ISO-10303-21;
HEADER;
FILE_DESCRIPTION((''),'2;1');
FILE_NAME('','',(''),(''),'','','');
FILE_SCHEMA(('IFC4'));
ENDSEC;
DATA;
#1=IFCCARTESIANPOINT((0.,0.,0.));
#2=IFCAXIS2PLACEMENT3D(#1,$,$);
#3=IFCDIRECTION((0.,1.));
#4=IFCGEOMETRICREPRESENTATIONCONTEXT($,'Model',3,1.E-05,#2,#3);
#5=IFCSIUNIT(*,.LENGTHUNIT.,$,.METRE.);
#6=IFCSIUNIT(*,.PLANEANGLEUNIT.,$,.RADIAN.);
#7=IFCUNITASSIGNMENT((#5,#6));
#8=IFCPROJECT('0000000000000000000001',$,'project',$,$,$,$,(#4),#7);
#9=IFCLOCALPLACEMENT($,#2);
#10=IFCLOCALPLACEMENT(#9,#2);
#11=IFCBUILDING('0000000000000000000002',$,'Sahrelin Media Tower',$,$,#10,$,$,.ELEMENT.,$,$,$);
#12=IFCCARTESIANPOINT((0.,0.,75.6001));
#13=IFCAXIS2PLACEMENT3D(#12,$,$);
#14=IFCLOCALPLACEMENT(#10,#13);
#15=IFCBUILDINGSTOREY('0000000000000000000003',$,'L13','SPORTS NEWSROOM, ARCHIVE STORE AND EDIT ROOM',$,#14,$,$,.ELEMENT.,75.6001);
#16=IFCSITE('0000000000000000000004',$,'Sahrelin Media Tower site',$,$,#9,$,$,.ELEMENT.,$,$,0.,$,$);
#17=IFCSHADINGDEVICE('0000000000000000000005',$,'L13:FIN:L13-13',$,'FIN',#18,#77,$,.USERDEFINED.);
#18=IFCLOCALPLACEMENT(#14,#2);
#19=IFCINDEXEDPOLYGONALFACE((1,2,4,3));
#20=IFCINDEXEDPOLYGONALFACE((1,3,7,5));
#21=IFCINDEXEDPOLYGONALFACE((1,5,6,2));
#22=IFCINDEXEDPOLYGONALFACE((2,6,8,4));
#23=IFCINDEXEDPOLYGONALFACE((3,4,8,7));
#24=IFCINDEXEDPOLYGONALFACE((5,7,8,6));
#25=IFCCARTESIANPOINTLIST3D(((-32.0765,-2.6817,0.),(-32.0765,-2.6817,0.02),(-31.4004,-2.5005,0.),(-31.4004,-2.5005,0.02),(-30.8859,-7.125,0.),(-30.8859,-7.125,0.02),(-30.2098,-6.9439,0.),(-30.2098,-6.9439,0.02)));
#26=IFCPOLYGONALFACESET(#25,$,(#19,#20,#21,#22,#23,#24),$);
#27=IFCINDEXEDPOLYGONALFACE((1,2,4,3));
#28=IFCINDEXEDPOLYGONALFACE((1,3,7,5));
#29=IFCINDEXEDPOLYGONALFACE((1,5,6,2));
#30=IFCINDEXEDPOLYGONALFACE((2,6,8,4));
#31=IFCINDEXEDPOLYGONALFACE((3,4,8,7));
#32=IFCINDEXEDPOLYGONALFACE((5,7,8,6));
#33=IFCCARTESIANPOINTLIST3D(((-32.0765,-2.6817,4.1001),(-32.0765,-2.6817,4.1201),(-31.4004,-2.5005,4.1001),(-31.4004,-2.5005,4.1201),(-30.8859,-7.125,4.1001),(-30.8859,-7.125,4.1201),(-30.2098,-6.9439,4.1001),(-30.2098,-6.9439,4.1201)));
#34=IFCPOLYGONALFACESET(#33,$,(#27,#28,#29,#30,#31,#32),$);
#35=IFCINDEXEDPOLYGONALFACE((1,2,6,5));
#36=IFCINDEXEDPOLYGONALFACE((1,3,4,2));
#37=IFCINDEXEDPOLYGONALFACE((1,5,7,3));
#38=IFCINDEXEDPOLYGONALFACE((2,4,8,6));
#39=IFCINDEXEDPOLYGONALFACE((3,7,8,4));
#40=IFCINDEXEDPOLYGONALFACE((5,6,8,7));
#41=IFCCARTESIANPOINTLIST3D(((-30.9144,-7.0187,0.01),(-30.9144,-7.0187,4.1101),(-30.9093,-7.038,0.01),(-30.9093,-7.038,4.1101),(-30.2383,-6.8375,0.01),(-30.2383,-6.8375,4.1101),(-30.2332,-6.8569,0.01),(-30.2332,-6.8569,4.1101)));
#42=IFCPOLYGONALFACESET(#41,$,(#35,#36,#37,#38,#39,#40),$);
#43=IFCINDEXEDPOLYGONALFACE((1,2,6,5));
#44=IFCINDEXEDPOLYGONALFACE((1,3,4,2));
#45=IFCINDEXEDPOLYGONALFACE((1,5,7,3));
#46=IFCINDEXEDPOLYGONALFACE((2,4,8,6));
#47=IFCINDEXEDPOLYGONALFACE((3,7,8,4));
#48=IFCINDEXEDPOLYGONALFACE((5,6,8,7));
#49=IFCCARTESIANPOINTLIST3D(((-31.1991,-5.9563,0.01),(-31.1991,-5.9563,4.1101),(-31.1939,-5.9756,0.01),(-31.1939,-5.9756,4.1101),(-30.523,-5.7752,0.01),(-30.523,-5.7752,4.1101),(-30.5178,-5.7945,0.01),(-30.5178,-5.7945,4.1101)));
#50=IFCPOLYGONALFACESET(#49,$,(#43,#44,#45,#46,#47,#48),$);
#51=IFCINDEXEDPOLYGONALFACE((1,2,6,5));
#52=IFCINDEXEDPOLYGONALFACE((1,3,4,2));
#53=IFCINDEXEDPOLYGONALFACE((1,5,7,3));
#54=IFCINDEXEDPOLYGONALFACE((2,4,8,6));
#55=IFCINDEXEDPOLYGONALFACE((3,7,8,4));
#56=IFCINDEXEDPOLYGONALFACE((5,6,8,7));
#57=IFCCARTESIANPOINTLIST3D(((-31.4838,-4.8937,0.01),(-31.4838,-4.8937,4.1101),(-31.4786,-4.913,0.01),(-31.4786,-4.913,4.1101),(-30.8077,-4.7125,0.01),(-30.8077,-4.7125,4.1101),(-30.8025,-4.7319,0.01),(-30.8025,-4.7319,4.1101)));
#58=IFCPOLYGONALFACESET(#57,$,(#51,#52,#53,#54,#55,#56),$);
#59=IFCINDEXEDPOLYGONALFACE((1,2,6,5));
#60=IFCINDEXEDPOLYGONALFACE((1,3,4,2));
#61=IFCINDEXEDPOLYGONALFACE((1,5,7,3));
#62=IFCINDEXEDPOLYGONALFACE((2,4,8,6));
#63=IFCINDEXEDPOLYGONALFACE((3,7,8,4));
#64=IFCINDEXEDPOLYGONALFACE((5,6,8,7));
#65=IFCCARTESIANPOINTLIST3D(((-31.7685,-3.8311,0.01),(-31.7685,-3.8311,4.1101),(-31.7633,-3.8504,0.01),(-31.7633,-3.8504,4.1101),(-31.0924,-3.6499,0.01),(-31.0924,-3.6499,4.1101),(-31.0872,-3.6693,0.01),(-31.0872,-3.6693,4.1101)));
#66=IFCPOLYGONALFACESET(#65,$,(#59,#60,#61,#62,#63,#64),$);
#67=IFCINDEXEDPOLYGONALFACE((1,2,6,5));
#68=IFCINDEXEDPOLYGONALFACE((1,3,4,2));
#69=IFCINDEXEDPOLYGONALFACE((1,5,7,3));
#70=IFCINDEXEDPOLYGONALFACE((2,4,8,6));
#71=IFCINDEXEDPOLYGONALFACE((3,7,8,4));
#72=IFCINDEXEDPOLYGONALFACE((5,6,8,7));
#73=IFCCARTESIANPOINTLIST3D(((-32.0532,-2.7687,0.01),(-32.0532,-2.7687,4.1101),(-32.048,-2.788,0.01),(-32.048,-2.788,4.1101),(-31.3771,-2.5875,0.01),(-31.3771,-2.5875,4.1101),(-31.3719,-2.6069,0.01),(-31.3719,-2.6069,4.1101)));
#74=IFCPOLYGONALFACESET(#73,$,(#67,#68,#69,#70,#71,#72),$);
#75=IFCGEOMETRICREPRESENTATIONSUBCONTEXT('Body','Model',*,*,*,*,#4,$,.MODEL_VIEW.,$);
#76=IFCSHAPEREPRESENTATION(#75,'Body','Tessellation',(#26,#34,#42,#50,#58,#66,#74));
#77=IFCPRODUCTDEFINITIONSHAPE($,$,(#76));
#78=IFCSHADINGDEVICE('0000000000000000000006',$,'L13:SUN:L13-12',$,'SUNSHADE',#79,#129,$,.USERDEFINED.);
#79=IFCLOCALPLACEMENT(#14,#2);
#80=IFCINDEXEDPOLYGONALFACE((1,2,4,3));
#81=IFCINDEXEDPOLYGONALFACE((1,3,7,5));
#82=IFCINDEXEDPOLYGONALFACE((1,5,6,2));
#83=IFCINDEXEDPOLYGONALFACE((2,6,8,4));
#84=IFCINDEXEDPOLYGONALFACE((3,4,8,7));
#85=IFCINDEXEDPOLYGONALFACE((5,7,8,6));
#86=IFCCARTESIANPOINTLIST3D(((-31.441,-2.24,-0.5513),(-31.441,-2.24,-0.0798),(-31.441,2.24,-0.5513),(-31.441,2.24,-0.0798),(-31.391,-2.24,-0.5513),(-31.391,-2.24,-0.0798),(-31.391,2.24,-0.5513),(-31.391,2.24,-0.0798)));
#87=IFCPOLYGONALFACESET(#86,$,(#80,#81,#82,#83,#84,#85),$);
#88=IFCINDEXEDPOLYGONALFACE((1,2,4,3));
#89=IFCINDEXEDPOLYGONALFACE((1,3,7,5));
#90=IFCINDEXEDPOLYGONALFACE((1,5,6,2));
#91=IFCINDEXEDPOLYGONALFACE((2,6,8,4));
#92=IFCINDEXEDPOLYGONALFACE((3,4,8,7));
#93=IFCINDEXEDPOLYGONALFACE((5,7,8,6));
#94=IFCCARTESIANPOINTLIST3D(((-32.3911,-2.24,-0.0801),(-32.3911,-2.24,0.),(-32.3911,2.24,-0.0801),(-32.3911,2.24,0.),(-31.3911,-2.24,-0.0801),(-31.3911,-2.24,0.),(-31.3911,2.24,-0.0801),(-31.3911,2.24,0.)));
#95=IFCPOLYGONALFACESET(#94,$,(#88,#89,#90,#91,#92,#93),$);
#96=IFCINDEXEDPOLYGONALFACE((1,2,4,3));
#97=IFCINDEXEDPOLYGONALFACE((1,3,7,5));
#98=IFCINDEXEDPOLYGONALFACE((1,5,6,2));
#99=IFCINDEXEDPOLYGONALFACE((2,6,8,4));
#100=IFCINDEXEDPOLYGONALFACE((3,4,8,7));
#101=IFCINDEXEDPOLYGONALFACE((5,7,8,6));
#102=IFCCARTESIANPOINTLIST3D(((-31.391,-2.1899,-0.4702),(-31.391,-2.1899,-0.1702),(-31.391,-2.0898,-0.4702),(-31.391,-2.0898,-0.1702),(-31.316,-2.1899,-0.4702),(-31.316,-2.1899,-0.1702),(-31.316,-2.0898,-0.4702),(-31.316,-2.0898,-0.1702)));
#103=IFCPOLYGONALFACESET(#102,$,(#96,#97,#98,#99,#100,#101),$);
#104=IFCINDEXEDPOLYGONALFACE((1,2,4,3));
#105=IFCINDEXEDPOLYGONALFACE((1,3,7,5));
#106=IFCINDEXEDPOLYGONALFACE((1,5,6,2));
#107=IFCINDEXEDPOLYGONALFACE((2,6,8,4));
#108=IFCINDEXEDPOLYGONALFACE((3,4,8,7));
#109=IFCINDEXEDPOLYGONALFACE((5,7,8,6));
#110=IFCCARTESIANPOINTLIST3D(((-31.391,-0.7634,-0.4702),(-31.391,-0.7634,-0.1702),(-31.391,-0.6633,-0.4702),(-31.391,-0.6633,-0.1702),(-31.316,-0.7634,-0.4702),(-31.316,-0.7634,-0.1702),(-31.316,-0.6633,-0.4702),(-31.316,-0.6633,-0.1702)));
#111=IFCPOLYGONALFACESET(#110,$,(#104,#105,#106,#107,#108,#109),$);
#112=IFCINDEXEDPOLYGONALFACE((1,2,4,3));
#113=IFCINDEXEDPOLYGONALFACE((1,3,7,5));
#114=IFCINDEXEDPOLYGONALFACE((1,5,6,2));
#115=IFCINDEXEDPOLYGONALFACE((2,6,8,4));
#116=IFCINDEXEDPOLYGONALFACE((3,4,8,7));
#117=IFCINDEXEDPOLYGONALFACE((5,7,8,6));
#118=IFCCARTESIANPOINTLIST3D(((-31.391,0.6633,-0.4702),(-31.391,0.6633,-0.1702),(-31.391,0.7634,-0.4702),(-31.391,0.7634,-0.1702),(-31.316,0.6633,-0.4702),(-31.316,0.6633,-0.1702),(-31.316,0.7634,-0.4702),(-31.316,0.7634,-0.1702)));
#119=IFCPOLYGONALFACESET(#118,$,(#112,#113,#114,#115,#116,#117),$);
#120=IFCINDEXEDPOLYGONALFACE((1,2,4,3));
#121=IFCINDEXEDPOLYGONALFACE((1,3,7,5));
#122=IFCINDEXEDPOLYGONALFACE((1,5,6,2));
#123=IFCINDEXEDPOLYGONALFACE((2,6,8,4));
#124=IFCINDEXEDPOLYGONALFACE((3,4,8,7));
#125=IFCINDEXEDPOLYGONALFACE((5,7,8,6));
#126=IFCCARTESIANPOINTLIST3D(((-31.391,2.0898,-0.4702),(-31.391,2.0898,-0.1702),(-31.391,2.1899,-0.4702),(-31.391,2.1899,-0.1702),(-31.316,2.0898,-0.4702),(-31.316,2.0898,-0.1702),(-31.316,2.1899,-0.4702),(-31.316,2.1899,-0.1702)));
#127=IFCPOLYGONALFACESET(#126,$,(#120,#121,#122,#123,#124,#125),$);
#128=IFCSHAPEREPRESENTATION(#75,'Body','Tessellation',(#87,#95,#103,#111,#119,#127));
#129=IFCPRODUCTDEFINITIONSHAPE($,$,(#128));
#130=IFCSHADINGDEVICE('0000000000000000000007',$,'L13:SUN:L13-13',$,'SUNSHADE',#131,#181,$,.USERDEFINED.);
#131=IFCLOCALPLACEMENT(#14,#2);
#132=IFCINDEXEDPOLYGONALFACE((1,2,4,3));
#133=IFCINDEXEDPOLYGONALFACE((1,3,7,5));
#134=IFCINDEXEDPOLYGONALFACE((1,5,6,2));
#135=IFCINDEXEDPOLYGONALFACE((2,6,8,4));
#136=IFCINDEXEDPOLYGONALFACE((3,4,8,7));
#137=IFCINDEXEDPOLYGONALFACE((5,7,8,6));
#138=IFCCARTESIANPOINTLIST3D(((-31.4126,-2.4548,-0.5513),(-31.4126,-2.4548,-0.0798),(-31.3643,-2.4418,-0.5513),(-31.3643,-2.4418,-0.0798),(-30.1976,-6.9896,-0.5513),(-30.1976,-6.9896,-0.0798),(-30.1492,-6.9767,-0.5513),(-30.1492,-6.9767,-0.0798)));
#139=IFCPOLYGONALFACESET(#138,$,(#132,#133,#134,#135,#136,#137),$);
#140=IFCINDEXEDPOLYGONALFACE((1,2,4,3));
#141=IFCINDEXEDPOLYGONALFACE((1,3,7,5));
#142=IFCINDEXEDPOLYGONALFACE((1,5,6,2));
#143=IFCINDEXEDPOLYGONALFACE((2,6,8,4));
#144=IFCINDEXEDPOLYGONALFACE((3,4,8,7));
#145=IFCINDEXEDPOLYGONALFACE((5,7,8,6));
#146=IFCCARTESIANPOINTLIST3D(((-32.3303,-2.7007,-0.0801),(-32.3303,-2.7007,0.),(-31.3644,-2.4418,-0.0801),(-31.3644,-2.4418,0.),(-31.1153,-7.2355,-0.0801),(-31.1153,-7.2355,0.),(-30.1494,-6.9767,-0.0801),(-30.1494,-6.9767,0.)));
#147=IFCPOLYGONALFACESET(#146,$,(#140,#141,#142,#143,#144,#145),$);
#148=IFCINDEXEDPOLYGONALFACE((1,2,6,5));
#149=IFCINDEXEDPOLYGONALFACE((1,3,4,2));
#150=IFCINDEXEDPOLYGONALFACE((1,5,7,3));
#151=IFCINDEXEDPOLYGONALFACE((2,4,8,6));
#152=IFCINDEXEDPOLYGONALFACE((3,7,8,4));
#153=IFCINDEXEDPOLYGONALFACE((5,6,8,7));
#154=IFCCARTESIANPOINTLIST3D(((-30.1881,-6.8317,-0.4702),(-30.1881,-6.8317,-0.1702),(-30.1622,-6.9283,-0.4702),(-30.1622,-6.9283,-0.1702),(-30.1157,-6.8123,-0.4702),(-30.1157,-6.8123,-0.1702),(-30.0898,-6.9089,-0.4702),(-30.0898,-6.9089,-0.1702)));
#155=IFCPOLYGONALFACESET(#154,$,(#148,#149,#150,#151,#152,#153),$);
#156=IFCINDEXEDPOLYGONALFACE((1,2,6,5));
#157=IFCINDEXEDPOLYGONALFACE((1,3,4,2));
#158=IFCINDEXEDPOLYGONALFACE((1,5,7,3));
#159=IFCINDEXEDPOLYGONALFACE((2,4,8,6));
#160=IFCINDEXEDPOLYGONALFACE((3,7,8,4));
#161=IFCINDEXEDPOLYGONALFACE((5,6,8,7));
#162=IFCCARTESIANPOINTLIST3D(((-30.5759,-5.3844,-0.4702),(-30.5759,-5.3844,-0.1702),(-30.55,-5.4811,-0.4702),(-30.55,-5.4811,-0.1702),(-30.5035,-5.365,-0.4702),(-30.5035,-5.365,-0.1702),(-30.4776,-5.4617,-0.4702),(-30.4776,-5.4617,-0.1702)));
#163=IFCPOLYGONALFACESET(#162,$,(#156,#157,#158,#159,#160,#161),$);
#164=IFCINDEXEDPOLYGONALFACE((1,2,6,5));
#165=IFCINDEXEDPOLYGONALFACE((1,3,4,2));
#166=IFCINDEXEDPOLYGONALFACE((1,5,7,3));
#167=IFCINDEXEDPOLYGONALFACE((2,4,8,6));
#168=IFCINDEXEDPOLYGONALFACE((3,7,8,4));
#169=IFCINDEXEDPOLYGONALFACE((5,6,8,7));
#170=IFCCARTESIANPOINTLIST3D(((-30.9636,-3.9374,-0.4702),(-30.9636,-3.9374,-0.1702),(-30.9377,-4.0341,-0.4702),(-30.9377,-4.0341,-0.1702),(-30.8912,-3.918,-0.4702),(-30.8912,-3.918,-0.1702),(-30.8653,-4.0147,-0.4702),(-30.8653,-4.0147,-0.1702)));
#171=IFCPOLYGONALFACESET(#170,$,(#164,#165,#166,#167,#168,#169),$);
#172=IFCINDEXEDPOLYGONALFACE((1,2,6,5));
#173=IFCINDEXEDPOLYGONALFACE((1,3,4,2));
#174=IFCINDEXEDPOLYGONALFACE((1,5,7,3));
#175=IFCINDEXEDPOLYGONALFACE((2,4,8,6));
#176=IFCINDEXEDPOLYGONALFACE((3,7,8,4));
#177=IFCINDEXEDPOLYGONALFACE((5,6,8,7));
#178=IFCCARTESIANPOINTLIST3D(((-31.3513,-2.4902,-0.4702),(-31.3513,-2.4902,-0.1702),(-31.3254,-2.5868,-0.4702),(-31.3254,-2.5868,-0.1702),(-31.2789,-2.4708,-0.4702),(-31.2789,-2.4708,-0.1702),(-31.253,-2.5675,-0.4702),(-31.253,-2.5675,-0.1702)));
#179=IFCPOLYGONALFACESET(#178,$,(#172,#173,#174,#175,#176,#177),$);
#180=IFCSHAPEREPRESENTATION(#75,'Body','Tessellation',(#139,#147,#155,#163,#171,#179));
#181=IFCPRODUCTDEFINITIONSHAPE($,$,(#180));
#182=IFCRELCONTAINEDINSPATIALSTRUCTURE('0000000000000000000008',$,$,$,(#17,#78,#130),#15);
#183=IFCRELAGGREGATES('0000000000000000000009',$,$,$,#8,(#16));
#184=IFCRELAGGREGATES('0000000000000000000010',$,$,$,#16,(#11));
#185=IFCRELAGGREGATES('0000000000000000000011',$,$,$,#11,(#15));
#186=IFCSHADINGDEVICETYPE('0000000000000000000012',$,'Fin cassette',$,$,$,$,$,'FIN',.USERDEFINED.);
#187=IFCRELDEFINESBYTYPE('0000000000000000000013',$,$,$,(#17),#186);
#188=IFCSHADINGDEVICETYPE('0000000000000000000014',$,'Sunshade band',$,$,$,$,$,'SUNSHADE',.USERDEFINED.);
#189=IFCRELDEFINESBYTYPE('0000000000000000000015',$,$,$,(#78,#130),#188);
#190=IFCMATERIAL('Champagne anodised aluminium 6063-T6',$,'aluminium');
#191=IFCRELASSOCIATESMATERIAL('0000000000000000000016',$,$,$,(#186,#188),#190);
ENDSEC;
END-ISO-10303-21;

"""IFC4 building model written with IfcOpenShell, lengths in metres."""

from ifc_helpers import new_model, si_unit, direction, frame, origin, origin_2d, place, context, subcontext, project, spatial, rectangle, extrude, material, type_object, element, save


model = new_model("IFC4")

# Units and contexts
model_context = context("Model", 3, precision=1e-05, world=origin(), true_north=direction((0.0, 1.0)))
body_context = subcontext(model_context, "Body", "Model", "MODEL_VIEW")
ifc_project = project(units=[si_unit("LENGTHUNIT", "METRE"), si_unit("PLANEANGLEUNIT", "RADIAN")], contexts=[model_context])

# Site, building, storey
site_placement = place(None, origin())
site = spatial("IfcSite", under=ifc_project, at=site_placement, Name="Sahrelin Media Tower site", CompositionType="ELEMENT", RefElevation=0.0)
building_placement = place(site_placement, origin())
building = spatial("IfcBuilding", under=site, at=building_placement, Name="Sahrelin Media Tower", CompositionType="ELEMENT")
storey_placement = place(building_placement, frame((0.0, 0.0, 75.6001)))
storey = spatial("IfcBuildingStorey", under=building, at=storey_placement, Name="L13", Description="SPORTS NEWSROOM, ARCHIVE STORE AND EDIT ROOM", CompositionType="ELEMENT", Elevation=75.6001)

# Shared definitions
ifc_material_1 = material(Name="Champagne anodised aluminium 6063-T6", Category="aluminium")

# Shading devices
shading_device_type_1 = type_object("IfcShadingDeviceType", Name="Fin cassette", ElementType="FIN", PredefinedType="USERDEFINED", material=ifc_material_1)
placement_1 = place(storey_placement, frame((-31.3711, 0.0, 0.0), z_axis=(0.0, 0.0, 1.0), x_axis=(0.0, 1.0, 0.0)))
placement_2 = place(storey_placement, frame((-30.7375, -4.7041, 0.0), z_axis=(0.0, 0.0, 1.0), x_axis=(-0.258808, 0.965929, 0.0)))
element("IfcShadingDevice", 1, at=placement_2, inside=storey, type_object=shading_device_type_1, Name="L13:FIN:L13-13", ObjectType="FIN", PredefinedType="USERDEFINED", context=body_context, shape_type="SweptSolid", body=[
    extrude(rectangle(XDim=4.6001, YDim=0.7, at=origin_2d()), frame((0.0, 0.4199, 0.0)), (0.0, 0.0, 1.0), 0.02),
    extrude(rectangle(XDim=4.6001, YDim=0.7, at=origin_2d()), frame((0.0, 0.4199, 4.1001)), (0.0, 0.0, 1.0), 0.02),
    extrude(rectangle(XDim=0.02, YDim=0.7, at=origin_2d()), frame((-2.2, 0.4199, 0.01), z_axis=(0.0, 0.0, 1.0), x_axis=(1.0, 0.0, 0.0)), (0.0, 0.0, 1.0), 4.1001),
    extrude(rectangle(XDim=0.02, YDim=0.7, at=origin_2d()), frame((-1.1001, 0.4199, 0.01), z_axis=(0.0, 0.0, 1.0), x_axis=(1.0, 0.0, 0.0)), (0.0, 0.0, 1.0), 4.1001),
    extrude(rectangle(XDim=0.02, YDim=0.7, at=origin_2d()), frame((0.0, 0.4199, 0.01), z_axis=(0.0, 0.0, 1.0), x_axis=(1.0, 0.0, 0.0)), (0.0, 0.0, 1.0), 4.1001),
    extrude(rectangle(XDim=0.02, YDim=0.7, at=origin_2d()), frame((1.1001, 0.4199, 0.01), z_axis=(0.0, 0.0, 1.0), x_axis=(1.0, 0.0, 0.0)), (0.0, 0.0, 1.0), 4.1001),
    extrude(rectangle(XDim=0.02, YDim=0.7, at=origin_2d()), frame((2.2, 0.4199, 0.01), z_axis=(0.0, 0.0, 1.0), x_axis=(1.0, 0.0, 0.0)), (0.0, 0.0, 1.0), 4.1001),
])
shading_device_type_2 = type_object("IfcShadingDeviceType", Name="Sunshade band", ElementType="SUNSHADE", PredefinedType="USERDEFINED", material=ifc_material_1)
element("IfcShadingDevice", 2, at=placement_1, inside=storey, type_object=shading_device_type_2, Name="L13:SUN:L13-12", ObjectType="SUNSHADE", PredefinedType="USERDEFINED", context=body_context, shape_type="SweptSolid", body=[
    extrude(rectangle(XDim=4.48, YDim=0.05, at=origin_2d()), frame((0.0, 0.0449, -0.5513)), (0.0, 0.0, 1.0), 0.4714),
    extrude(rectangle(XDim=4.48, YDim=1.0, at=origin_2d()), frame((0.0, 0.52, -0.0801)), (0.0, 0.0, 1.0), 0.0801),
    extrude(rectangle(XDim=0.1001, YDim=0.075, at=origin_2d()), frame((-2.1399, -0.0176, -0.4702)), (0.0, 0.0, 1.0), 0.3),
    extrude(rectangle(XDim=0.1001, YDim=0.075, at=origin_2d()), frame((-0.7134, -0.0176, -0.4702)), (0.0, 0.0, 1.0), 0.3),
    extrude(rectangle(XDim=0.1001, YDim=0.075, at=origin_2d()), frame((0.7134, -0.0176, -0.4702)), (0.0, 0.0, 1.0), 0.3),
    extrude(rectangle(XDim=0.1001, YDim=0.075, at=origin_2d()), frame((2.1399, -0.0176, -0.4702)), (0.0, 0.0, 1.0), 0.3),
])
element("IfcShadingDevice", 3, at=placement_2, inside=storey, type_object=shading_device_type_2, Name="L13:SUN:L13-13", ObjectType="SUNSHADE", PredefinedType="USERDEFINED", context=body_context, shape_type="SweptSolid", body=[
    extrude(rectangle(XDim=4.6948, YDim=0.05, at=origin_2d()), frame((0.0, 0.0449, -0.5513)), (0.0, 0.0, 1.0), 0.4714),
    extrude(rectangle(XDim=4.6948, YDim=1.0, at=origin_2d()), frame((0.0, 0.52, -0.0801)), (0.0, 0.0, 1.0), 0.0801),
    extrude(rectangle(XDim=0.1001, YDim=0.075, at=origin_2d()), frame((-2.2473, -0.0176, -0.4702)), (0.0, 0.0, 1.0), 0.3),
    extrude(rectangle(XDim=0.1001, YDim=0.075, at=origin_2d()), frame((-0.749, -0.0176, -0.4702)), (0.0, 0.0, 1.0), 0.3),
    extrude(rectangle(XDim=0.1001, YDim=0.075, at=origin_2d()), frame((0.749, -0.0176, -0.4702)), (0.0, 0.0, 1.0), 0.3),
    extrude(rectangle(XDim=0.1001, YDim=0.075, at=origin_2d()), frame((2.2473, -0.0176, -0.4702)), (0.0, 0.0, 1.0), 0.3),
])

save(model, "model.ifc")
